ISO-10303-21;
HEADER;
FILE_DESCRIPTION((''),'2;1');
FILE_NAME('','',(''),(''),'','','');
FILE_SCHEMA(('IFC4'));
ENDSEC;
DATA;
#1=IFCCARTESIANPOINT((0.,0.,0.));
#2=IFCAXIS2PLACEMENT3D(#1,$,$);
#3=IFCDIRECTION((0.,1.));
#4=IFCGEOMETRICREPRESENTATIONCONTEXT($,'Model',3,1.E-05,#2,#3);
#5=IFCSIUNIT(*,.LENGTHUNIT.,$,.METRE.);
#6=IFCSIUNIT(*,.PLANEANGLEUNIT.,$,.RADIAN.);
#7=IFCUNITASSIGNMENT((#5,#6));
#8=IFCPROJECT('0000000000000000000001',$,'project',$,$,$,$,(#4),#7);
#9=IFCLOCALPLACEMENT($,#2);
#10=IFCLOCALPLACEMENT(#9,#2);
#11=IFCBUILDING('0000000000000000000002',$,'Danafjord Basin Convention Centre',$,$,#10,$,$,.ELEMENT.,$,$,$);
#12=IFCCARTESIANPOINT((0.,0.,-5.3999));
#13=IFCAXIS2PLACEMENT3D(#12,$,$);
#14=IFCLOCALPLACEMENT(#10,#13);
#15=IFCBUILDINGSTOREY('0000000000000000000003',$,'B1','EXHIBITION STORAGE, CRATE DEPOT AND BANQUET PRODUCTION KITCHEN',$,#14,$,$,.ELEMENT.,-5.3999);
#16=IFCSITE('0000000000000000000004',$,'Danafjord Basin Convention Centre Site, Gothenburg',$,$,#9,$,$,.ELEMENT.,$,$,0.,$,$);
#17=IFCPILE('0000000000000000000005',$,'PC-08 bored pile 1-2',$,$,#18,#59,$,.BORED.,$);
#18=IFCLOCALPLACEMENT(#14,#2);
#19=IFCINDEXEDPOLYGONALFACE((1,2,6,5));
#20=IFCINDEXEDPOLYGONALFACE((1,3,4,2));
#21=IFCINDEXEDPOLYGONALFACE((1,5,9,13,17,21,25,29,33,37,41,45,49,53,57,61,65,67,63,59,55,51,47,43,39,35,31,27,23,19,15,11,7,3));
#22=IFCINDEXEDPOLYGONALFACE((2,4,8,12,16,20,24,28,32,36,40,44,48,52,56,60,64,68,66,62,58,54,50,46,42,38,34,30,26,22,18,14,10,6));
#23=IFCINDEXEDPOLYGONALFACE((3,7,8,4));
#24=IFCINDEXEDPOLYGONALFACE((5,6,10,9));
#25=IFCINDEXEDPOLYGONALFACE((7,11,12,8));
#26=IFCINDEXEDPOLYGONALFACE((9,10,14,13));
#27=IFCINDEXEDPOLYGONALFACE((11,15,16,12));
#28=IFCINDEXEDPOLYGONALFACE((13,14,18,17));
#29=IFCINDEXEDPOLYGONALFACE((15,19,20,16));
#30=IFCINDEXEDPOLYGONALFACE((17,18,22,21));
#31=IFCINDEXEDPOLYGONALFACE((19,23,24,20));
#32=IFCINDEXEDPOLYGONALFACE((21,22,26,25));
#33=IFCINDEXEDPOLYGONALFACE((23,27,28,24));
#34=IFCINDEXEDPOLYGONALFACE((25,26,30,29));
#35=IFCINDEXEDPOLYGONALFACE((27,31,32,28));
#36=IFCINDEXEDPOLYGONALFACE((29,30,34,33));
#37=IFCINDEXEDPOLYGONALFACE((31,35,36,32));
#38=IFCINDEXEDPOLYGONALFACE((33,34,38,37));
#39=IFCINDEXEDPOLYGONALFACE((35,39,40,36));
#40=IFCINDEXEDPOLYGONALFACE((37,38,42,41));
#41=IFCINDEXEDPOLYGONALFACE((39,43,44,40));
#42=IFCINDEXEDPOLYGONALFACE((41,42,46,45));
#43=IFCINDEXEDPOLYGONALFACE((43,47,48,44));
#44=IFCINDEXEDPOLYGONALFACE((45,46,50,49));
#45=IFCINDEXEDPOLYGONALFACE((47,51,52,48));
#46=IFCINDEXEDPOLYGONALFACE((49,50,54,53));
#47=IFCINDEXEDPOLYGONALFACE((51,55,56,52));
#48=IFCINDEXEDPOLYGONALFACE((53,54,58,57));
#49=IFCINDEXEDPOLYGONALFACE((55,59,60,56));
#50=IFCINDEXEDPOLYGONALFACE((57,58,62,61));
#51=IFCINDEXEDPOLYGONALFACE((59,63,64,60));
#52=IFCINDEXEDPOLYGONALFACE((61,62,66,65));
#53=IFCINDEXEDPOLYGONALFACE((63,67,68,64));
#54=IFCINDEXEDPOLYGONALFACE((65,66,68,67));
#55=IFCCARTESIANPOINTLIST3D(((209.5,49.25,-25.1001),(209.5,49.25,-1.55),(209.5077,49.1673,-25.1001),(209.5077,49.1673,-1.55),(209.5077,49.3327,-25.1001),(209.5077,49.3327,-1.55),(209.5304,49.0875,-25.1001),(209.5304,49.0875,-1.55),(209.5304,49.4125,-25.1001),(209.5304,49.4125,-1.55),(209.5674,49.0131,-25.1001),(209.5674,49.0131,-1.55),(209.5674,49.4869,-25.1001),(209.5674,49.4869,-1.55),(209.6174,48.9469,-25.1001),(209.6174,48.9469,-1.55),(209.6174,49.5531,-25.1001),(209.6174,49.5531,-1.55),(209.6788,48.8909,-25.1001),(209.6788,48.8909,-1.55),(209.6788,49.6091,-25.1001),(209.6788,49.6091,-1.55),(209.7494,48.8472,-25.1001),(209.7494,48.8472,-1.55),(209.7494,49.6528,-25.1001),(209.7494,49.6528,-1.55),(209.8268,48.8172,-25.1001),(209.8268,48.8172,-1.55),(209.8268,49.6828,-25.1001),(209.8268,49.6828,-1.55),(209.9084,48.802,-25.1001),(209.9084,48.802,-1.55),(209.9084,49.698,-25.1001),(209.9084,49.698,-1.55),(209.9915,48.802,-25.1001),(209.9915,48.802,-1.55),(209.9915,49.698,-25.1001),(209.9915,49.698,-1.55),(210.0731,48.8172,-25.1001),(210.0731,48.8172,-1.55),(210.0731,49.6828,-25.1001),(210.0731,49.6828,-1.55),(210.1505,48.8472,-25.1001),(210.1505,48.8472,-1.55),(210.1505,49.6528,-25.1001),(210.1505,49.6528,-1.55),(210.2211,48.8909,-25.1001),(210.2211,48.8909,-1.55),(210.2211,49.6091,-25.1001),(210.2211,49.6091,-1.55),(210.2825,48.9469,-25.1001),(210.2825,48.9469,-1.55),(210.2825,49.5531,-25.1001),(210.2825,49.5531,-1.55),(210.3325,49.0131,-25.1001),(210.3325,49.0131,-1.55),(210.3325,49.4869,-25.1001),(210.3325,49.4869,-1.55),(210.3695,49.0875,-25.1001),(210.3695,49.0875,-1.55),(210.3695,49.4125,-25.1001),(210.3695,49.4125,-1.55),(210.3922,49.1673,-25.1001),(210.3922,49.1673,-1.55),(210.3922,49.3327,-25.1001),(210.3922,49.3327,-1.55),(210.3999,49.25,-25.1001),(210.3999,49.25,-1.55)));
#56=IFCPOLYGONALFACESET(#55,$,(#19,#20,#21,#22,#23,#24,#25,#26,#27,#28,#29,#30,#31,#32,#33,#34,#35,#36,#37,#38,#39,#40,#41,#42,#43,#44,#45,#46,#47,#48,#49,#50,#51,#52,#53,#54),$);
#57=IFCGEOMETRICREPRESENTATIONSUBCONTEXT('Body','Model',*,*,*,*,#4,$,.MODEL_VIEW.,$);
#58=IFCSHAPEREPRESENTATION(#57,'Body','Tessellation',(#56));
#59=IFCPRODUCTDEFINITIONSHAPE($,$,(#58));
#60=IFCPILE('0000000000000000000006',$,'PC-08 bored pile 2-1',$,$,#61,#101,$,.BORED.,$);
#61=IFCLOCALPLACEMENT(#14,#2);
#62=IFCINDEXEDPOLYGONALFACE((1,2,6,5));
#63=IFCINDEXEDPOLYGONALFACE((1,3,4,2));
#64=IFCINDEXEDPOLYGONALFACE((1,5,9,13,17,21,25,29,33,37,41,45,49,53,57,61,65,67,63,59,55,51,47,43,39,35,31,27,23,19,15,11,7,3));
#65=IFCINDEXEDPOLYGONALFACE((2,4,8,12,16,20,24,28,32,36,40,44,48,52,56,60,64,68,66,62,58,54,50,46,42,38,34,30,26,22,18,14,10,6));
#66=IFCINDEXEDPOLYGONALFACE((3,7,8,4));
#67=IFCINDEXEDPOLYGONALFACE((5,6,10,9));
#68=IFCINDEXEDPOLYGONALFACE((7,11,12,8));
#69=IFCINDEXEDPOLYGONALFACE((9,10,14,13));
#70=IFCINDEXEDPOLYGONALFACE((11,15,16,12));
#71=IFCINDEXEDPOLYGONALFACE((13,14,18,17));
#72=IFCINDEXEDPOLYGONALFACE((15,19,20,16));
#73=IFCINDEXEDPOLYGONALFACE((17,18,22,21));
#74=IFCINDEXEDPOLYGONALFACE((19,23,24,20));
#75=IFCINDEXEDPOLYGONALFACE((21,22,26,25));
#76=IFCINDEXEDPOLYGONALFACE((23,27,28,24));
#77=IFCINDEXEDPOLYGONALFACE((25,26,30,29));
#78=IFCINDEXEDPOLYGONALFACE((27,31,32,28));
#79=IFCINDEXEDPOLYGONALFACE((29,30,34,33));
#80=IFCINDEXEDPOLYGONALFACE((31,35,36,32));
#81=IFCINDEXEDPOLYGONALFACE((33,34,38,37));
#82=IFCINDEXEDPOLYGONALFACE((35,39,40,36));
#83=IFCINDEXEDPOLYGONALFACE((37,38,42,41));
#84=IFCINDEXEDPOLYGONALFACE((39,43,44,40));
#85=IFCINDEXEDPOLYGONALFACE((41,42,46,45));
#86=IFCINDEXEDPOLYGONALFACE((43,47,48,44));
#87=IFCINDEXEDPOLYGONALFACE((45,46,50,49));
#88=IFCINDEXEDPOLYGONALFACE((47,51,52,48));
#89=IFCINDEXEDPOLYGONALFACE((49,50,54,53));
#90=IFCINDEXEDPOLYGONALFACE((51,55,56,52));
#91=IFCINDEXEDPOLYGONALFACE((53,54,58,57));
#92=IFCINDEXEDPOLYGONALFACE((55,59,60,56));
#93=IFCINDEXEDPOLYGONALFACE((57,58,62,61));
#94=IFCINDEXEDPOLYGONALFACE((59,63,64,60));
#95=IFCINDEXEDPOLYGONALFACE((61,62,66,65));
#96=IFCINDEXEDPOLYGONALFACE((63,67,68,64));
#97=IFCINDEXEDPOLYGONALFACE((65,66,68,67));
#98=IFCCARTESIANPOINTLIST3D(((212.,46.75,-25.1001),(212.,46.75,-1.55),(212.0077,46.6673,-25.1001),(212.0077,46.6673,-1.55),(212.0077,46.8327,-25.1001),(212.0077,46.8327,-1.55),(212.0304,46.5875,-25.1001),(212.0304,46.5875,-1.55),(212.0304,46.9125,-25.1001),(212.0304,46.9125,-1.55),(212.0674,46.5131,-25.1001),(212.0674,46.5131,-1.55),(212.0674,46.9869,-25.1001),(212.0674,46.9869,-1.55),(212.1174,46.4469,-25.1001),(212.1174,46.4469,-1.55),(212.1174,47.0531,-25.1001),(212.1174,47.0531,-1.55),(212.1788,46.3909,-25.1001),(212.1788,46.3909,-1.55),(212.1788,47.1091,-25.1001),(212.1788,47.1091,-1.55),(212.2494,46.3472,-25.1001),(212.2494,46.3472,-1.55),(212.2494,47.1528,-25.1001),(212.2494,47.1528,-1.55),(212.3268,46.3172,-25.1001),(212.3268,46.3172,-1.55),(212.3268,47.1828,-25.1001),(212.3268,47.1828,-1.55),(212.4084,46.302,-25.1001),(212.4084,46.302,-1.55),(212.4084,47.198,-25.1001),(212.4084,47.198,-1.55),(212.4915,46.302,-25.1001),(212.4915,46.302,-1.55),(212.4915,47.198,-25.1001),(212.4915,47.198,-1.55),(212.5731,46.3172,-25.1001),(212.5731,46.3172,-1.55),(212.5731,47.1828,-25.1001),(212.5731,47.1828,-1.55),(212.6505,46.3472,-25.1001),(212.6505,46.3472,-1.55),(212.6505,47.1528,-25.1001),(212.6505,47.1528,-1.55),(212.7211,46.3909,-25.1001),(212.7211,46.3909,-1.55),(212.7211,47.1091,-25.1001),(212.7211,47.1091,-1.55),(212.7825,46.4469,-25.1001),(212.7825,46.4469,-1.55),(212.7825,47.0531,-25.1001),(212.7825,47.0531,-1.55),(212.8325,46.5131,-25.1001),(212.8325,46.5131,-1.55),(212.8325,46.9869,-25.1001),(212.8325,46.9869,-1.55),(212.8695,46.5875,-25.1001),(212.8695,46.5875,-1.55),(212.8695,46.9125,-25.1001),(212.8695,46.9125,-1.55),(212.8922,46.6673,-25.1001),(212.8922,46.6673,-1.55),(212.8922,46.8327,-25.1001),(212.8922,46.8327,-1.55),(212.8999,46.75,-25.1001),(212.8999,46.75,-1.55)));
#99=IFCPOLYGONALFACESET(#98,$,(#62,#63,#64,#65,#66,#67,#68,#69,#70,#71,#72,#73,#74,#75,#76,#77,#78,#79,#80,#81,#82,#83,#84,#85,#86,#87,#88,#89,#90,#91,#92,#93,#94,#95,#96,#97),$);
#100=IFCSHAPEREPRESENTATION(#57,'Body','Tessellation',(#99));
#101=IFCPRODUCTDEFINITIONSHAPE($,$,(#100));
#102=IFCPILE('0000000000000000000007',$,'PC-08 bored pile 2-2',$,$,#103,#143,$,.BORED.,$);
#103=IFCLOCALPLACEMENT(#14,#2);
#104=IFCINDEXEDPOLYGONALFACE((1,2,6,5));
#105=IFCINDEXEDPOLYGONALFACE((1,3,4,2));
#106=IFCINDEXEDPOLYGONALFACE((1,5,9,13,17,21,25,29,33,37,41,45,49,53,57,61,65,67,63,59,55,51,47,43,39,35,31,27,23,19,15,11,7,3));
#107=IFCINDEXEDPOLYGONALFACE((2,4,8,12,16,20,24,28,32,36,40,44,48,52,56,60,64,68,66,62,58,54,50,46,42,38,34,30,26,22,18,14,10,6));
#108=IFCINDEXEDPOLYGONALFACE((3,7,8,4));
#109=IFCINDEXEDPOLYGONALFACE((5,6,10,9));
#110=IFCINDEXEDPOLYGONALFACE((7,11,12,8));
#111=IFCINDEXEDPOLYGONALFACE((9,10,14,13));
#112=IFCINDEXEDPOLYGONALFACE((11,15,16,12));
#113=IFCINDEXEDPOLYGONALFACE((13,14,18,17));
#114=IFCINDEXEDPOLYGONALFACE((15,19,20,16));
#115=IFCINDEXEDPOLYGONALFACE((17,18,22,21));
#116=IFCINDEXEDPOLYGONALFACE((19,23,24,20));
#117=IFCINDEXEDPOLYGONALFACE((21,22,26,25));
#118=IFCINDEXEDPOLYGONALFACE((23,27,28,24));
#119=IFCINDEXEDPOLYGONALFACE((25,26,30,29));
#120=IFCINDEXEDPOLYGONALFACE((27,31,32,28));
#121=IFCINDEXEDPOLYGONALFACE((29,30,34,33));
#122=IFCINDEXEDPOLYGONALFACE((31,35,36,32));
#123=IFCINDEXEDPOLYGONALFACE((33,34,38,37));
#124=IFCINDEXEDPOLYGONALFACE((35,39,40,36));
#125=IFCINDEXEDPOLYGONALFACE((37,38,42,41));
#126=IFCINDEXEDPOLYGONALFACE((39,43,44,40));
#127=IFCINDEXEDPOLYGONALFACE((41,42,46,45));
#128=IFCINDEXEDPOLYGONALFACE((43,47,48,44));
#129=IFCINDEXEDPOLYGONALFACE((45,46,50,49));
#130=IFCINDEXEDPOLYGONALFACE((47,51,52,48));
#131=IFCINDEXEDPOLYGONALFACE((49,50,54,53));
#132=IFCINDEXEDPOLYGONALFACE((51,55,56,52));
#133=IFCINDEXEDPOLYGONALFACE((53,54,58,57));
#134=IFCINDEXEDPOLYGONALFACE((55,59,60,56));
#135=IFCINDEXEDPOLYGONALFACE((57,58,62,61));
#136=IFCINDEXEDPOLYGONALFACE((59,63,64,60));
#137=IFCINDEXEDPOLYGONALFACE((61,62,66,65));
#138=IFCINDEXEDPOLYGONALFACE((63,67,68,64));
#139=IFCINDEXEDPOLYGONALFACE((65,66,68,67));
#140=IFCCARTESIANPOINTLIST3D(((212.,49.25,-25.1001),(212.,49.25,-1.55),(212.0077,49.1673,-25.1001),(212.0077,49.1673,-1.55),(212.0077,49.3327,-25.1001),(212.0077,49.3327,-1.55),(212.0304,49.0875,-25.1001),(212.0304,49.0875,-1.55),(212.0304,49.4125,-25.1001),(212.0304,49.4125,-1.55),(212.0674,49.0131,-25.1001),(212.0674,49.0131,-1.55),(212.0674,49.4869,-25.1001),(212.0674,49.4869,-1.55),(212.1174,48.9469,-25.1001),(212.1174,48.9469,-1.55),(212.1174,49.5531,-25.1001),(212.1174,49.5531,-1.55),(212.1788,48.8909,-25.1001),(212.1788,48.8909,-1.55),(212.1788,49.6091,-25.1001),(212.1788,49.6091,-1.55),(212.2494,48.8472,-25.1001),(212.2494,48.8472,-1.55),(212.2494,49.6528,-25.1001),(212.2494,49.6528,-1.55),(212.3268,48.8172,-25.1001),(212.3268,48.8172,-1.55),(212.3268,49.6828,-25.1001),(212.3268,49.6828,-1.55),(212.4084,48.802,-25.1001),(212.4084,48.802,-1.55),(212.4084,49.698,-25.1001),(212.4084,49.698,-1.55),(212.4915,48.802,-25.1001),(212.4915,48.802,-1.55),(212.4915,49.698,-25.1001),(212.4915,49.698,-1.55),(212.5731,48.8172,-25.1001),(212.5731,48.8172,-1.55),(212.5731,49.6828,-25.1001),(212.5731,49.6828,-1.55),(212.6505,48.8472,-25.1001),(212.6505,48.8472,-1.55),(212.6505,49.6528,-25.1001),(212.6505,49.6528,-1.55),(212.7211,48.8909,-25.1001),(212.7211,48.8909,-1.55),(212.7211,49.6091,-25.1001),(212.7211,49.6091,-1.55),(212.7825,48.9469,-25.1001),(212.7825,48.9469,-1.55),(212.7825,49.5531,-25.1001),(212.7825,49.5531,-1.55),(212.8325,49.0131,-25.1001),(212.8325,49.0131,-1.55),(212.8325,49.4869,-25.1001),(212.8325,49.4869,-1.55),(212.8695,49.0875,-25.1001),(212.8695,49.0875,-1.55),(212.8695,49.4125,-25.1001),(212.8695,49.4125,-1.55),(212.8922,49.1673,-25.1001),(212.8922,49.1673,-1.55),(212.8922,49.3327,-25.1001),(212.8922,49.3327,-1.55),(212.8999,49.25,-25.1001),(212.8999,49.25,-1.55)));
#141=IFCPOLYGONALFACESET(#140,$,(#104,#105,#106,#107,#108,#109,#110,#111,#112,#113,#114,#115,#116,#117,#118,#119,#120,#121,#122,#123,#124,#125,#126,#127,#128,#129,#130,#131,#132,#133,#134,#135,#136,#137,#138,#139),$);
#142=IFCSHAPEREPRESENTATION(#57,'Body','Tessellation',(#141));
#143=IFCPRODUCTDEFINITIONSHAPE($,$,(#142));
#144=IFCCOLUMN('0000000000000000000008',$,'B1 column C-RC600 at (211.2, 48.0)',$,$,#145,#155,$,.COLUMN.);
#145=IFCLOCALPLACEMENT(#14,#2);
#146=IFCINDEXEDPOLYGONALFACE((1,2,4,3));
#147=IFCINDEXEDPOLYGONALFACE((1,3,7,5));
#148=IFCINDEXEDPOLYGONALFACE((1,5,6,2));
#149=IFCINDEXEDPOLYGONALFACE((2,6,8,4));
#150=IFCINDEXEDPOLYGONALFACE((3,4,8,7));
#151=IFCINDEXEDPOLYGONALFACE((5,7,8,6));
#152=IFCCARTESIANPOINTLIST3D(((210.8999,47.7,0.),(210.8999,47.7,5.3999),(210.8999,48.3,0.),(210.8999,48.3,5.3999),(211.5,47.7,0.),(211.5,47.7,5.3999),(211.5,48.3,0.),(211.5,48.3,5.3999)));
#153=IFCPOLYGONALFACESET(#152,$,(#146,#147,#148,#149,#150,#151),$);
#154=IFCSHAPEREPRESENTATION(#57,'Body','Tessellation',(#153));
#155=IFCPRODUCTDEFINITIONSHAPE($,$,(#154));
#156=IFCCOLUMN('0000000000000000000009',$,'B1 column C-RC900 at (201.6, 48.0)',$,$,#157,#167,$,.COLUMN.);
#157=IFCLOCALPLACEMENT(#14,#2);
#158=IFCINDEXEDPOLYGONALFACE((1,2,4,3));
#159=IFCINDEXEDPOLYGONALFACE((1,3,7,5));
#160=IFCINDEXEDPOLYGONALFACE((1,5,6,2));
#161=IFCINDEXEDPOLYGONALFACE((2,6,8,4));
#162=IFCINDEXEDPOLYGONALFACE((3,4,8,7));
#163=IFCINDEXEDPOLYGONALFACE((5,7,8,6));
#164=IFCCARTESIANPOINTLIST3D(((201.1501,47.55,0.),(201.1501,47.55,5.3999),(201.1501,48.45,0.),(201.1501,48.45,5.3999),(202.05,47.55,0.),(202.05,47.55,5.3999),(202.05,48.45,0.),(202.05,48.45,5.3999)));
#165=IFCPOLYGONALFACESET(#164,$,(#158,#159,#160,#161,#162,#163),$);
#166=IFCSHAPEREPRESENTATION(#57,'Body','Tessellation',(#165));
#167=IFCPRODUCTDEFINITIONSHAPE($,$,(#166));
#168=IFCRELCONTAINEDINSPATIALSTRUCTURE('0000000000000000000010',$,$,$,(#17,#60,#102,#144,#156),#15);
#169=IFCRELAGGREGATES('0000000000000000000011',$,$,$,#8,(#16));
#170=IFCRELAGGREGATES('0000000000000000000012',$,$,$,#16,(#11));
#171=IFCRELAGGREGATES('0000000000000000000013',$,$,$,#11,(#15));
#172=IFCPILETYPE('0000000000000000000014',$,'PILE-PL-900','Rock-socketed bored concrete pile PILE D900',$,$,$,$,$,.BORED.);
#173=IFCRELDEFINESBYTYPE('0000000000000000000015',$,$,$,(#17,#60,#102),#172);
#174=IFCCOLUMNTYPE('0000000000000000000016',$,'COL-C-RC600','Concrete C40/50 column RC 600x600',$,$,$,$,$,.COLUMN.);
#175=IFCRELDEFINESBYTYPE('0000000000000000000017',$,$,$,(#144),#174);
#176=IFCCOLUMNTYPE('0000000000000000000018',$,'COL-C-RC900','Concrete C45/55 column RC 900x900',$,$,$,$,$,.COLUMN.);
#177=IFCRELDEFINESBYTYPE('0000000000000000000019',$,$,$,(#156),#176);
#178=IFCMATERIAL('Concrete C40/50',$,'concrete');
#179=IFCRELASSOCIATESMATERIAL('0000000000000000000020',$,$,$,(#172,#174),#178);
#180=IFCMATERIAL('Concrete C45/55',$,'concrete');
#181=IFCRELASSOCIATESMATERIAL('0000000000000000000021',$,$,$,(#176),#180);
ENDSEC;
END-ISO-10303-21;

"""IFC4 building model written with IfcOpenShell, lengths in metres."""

from ifc_helpers import new_model, si_unit, direction, frame, origin, origin_2d, place, context, subcontext, project, spatial, rectangle, circle, extrude, material, material_profile, profile_set, type_object, element, save


model = new_model("IFC4")

# Units and contexts
model_context = context("Model", 3, precision=1e-05, world=origin(), true_north=direction((0.0, 1.0)))
body_context = subcontext(model_context, "Body", "Model", "MODEL_VIEW")
ifc_project = project(units=[si_unit("LENGTHUNIT", "METRE"), si_unit("PLANEANGLEUNIT", "RADIAN")], contexts=[model_context])

# Site, building, storey
site_placement = place(None, origin())
site = spatial("IfcSite", under=ifc_project, at=site_placement, Name="Danafjord Basin Convention Centre Site, Gothenburg", CompositionType="ELEMENT", RefElevation=0.0)
building_placement = place(site_placement, origin())
building = spatial("IfcBuilding", under=site, at=building_placement, Name="Danafjord Basin Convention Centre", CompositionType="ELEMENT")
storey_placement = place(building_placement, frame((0.0, 0.0, -5.3999)))
storey = spatial("IfcBuildingStorey", under=building, at=storey_placement, Name="B1", Description="EXHIBITION STORAGE, CRATE DEPOT AND BANQUET PRODUCTION KITCHEN", CompositionType="ELEMENT", Elevation=-5.3999)

# Shared definitions
ifc_material_1 = material(Name="Concrete C40/50", Category="concrete")

# Piles
ifc_material_profile_1 = material_profile(ifc_material_1, circle(Radius=0.45, at=origin_2d()), Name="PILE D900")
ifc_profile_set_1 = profile_set([ifc_material_profile_1], Name="Concrete C40/50")
pile_type_1 = type_object("IfcPileType", Name="PILE-PL-900", Description="Rock-socketed bored concrete pile PILE D900", PredefinedType="BORED", material=ifc_profile_set_1)
for number, where, z_axis, x_axis, name in (
    (1, (209.95, 49.25, -1.55), (0.0, 0.0, -1.0), (1.0, 0.0, 0.0), "PC-08 bored pile 1-2"),
    (2, (212.45, 46.75, -1.55), (0.0, 0.0, -1.0), (1.0, 0.0, 0.0), "PC-08 bored pile 2-1"),
    (3, (212.45, 49.25, -1.55), (0.0, 0.0, -1.0), (1.0, 0.0, 0.0), "PC-08 bored pile 2-2"),
):
    element("IfcPile", number, at=place(storey_placement, frame(where, z_axis=z_axis, x_axis=x_axis)), inside=storey, type_object=pile_type_1, Name=name, PredefinedType="BORED", context=body_context, shape_type="SweptSolid", body=[
        extrude(circle(Radius=0.45, at=origin_2d()), origin(), (0.0, 0.0, 1.0), 23.55),
    ])

# Columns
ifc_material_profile_2 = material_profile(ifc_material_1, rectangle(XDim=0.6001, YDim=0.6001, at=origin_2d()), Name="RC 600x600")
ifc_profile_set_2 = profile_set([ifc_material_profile_2], Name="Concrete C40/50")
column_type_1 = type_object("IfcColumnType", Name="COL-C-RC600", Description="Concrete C40/50 column RC 600x600", PredefinedType="COLUMN", material=ifc_profile_set_2)
column_1_placement = place(storey_placement, frame((211.2, 48.0, 0.0), z_axis=(0.0, 0.0, 1.0), x_axis=(1.0, 0.0, 0.0)))
element("IfcColumn", 4, at=column_1_placement, inside=storey, type_object=column_type_1, Name="B1 column C-RC600 at (211.2, 48.0)", PredefinedType="COLUMN", context=body_context, shape_type="SweptSolid", body=[
    extrude(rectangle(XDim=0.6001, YDim=0.6001, at=origin_2d()), origin(), (0.0, 0.0, 1.0), 5.3999),
])
ifc_material_2 = material(Name="Concrete C45/55", Category="concrete")
ifc_material_profile_3 = material_profile(ifc_material_2, rectangle(XDim=0.8999, YDim=0.8999, at=origin_2d()), Name="RC 900x900")
ifc_profile_set_3 = profile_set([ifc_material_profile_3], Name="Concrete C45/55")
column_type_2 = type_object("IfcColumnType", Name="COL-C-RC900", Description="Concrete C45/55 column RC 900x900", PredefinedType="COLUMN", material=ifc_profile_set_3)
column_2_placement = place(storey_placement, frame((201.6001, 48.0, 0.0), z_axis=(0.0, 0.0, 1.0), x_axis=(1.0, 0.0, 0.0)))
element("IfcColumn", 5, at=column_2_placement, inside=storey, type_object=column_type_2, Name="B1 column C-RC900 at (201.6, 48.0)", PredefinedType="COLUMN", context=body_context, shape_type="SweptSolid", body=[
    extrude(rectangle(XDim=0.8999, YDim=0.8999, at=origin_2d()), origin(), (0.0, 0.0, 1.0), 5.3999),
])

save(model, "model.ifc")
